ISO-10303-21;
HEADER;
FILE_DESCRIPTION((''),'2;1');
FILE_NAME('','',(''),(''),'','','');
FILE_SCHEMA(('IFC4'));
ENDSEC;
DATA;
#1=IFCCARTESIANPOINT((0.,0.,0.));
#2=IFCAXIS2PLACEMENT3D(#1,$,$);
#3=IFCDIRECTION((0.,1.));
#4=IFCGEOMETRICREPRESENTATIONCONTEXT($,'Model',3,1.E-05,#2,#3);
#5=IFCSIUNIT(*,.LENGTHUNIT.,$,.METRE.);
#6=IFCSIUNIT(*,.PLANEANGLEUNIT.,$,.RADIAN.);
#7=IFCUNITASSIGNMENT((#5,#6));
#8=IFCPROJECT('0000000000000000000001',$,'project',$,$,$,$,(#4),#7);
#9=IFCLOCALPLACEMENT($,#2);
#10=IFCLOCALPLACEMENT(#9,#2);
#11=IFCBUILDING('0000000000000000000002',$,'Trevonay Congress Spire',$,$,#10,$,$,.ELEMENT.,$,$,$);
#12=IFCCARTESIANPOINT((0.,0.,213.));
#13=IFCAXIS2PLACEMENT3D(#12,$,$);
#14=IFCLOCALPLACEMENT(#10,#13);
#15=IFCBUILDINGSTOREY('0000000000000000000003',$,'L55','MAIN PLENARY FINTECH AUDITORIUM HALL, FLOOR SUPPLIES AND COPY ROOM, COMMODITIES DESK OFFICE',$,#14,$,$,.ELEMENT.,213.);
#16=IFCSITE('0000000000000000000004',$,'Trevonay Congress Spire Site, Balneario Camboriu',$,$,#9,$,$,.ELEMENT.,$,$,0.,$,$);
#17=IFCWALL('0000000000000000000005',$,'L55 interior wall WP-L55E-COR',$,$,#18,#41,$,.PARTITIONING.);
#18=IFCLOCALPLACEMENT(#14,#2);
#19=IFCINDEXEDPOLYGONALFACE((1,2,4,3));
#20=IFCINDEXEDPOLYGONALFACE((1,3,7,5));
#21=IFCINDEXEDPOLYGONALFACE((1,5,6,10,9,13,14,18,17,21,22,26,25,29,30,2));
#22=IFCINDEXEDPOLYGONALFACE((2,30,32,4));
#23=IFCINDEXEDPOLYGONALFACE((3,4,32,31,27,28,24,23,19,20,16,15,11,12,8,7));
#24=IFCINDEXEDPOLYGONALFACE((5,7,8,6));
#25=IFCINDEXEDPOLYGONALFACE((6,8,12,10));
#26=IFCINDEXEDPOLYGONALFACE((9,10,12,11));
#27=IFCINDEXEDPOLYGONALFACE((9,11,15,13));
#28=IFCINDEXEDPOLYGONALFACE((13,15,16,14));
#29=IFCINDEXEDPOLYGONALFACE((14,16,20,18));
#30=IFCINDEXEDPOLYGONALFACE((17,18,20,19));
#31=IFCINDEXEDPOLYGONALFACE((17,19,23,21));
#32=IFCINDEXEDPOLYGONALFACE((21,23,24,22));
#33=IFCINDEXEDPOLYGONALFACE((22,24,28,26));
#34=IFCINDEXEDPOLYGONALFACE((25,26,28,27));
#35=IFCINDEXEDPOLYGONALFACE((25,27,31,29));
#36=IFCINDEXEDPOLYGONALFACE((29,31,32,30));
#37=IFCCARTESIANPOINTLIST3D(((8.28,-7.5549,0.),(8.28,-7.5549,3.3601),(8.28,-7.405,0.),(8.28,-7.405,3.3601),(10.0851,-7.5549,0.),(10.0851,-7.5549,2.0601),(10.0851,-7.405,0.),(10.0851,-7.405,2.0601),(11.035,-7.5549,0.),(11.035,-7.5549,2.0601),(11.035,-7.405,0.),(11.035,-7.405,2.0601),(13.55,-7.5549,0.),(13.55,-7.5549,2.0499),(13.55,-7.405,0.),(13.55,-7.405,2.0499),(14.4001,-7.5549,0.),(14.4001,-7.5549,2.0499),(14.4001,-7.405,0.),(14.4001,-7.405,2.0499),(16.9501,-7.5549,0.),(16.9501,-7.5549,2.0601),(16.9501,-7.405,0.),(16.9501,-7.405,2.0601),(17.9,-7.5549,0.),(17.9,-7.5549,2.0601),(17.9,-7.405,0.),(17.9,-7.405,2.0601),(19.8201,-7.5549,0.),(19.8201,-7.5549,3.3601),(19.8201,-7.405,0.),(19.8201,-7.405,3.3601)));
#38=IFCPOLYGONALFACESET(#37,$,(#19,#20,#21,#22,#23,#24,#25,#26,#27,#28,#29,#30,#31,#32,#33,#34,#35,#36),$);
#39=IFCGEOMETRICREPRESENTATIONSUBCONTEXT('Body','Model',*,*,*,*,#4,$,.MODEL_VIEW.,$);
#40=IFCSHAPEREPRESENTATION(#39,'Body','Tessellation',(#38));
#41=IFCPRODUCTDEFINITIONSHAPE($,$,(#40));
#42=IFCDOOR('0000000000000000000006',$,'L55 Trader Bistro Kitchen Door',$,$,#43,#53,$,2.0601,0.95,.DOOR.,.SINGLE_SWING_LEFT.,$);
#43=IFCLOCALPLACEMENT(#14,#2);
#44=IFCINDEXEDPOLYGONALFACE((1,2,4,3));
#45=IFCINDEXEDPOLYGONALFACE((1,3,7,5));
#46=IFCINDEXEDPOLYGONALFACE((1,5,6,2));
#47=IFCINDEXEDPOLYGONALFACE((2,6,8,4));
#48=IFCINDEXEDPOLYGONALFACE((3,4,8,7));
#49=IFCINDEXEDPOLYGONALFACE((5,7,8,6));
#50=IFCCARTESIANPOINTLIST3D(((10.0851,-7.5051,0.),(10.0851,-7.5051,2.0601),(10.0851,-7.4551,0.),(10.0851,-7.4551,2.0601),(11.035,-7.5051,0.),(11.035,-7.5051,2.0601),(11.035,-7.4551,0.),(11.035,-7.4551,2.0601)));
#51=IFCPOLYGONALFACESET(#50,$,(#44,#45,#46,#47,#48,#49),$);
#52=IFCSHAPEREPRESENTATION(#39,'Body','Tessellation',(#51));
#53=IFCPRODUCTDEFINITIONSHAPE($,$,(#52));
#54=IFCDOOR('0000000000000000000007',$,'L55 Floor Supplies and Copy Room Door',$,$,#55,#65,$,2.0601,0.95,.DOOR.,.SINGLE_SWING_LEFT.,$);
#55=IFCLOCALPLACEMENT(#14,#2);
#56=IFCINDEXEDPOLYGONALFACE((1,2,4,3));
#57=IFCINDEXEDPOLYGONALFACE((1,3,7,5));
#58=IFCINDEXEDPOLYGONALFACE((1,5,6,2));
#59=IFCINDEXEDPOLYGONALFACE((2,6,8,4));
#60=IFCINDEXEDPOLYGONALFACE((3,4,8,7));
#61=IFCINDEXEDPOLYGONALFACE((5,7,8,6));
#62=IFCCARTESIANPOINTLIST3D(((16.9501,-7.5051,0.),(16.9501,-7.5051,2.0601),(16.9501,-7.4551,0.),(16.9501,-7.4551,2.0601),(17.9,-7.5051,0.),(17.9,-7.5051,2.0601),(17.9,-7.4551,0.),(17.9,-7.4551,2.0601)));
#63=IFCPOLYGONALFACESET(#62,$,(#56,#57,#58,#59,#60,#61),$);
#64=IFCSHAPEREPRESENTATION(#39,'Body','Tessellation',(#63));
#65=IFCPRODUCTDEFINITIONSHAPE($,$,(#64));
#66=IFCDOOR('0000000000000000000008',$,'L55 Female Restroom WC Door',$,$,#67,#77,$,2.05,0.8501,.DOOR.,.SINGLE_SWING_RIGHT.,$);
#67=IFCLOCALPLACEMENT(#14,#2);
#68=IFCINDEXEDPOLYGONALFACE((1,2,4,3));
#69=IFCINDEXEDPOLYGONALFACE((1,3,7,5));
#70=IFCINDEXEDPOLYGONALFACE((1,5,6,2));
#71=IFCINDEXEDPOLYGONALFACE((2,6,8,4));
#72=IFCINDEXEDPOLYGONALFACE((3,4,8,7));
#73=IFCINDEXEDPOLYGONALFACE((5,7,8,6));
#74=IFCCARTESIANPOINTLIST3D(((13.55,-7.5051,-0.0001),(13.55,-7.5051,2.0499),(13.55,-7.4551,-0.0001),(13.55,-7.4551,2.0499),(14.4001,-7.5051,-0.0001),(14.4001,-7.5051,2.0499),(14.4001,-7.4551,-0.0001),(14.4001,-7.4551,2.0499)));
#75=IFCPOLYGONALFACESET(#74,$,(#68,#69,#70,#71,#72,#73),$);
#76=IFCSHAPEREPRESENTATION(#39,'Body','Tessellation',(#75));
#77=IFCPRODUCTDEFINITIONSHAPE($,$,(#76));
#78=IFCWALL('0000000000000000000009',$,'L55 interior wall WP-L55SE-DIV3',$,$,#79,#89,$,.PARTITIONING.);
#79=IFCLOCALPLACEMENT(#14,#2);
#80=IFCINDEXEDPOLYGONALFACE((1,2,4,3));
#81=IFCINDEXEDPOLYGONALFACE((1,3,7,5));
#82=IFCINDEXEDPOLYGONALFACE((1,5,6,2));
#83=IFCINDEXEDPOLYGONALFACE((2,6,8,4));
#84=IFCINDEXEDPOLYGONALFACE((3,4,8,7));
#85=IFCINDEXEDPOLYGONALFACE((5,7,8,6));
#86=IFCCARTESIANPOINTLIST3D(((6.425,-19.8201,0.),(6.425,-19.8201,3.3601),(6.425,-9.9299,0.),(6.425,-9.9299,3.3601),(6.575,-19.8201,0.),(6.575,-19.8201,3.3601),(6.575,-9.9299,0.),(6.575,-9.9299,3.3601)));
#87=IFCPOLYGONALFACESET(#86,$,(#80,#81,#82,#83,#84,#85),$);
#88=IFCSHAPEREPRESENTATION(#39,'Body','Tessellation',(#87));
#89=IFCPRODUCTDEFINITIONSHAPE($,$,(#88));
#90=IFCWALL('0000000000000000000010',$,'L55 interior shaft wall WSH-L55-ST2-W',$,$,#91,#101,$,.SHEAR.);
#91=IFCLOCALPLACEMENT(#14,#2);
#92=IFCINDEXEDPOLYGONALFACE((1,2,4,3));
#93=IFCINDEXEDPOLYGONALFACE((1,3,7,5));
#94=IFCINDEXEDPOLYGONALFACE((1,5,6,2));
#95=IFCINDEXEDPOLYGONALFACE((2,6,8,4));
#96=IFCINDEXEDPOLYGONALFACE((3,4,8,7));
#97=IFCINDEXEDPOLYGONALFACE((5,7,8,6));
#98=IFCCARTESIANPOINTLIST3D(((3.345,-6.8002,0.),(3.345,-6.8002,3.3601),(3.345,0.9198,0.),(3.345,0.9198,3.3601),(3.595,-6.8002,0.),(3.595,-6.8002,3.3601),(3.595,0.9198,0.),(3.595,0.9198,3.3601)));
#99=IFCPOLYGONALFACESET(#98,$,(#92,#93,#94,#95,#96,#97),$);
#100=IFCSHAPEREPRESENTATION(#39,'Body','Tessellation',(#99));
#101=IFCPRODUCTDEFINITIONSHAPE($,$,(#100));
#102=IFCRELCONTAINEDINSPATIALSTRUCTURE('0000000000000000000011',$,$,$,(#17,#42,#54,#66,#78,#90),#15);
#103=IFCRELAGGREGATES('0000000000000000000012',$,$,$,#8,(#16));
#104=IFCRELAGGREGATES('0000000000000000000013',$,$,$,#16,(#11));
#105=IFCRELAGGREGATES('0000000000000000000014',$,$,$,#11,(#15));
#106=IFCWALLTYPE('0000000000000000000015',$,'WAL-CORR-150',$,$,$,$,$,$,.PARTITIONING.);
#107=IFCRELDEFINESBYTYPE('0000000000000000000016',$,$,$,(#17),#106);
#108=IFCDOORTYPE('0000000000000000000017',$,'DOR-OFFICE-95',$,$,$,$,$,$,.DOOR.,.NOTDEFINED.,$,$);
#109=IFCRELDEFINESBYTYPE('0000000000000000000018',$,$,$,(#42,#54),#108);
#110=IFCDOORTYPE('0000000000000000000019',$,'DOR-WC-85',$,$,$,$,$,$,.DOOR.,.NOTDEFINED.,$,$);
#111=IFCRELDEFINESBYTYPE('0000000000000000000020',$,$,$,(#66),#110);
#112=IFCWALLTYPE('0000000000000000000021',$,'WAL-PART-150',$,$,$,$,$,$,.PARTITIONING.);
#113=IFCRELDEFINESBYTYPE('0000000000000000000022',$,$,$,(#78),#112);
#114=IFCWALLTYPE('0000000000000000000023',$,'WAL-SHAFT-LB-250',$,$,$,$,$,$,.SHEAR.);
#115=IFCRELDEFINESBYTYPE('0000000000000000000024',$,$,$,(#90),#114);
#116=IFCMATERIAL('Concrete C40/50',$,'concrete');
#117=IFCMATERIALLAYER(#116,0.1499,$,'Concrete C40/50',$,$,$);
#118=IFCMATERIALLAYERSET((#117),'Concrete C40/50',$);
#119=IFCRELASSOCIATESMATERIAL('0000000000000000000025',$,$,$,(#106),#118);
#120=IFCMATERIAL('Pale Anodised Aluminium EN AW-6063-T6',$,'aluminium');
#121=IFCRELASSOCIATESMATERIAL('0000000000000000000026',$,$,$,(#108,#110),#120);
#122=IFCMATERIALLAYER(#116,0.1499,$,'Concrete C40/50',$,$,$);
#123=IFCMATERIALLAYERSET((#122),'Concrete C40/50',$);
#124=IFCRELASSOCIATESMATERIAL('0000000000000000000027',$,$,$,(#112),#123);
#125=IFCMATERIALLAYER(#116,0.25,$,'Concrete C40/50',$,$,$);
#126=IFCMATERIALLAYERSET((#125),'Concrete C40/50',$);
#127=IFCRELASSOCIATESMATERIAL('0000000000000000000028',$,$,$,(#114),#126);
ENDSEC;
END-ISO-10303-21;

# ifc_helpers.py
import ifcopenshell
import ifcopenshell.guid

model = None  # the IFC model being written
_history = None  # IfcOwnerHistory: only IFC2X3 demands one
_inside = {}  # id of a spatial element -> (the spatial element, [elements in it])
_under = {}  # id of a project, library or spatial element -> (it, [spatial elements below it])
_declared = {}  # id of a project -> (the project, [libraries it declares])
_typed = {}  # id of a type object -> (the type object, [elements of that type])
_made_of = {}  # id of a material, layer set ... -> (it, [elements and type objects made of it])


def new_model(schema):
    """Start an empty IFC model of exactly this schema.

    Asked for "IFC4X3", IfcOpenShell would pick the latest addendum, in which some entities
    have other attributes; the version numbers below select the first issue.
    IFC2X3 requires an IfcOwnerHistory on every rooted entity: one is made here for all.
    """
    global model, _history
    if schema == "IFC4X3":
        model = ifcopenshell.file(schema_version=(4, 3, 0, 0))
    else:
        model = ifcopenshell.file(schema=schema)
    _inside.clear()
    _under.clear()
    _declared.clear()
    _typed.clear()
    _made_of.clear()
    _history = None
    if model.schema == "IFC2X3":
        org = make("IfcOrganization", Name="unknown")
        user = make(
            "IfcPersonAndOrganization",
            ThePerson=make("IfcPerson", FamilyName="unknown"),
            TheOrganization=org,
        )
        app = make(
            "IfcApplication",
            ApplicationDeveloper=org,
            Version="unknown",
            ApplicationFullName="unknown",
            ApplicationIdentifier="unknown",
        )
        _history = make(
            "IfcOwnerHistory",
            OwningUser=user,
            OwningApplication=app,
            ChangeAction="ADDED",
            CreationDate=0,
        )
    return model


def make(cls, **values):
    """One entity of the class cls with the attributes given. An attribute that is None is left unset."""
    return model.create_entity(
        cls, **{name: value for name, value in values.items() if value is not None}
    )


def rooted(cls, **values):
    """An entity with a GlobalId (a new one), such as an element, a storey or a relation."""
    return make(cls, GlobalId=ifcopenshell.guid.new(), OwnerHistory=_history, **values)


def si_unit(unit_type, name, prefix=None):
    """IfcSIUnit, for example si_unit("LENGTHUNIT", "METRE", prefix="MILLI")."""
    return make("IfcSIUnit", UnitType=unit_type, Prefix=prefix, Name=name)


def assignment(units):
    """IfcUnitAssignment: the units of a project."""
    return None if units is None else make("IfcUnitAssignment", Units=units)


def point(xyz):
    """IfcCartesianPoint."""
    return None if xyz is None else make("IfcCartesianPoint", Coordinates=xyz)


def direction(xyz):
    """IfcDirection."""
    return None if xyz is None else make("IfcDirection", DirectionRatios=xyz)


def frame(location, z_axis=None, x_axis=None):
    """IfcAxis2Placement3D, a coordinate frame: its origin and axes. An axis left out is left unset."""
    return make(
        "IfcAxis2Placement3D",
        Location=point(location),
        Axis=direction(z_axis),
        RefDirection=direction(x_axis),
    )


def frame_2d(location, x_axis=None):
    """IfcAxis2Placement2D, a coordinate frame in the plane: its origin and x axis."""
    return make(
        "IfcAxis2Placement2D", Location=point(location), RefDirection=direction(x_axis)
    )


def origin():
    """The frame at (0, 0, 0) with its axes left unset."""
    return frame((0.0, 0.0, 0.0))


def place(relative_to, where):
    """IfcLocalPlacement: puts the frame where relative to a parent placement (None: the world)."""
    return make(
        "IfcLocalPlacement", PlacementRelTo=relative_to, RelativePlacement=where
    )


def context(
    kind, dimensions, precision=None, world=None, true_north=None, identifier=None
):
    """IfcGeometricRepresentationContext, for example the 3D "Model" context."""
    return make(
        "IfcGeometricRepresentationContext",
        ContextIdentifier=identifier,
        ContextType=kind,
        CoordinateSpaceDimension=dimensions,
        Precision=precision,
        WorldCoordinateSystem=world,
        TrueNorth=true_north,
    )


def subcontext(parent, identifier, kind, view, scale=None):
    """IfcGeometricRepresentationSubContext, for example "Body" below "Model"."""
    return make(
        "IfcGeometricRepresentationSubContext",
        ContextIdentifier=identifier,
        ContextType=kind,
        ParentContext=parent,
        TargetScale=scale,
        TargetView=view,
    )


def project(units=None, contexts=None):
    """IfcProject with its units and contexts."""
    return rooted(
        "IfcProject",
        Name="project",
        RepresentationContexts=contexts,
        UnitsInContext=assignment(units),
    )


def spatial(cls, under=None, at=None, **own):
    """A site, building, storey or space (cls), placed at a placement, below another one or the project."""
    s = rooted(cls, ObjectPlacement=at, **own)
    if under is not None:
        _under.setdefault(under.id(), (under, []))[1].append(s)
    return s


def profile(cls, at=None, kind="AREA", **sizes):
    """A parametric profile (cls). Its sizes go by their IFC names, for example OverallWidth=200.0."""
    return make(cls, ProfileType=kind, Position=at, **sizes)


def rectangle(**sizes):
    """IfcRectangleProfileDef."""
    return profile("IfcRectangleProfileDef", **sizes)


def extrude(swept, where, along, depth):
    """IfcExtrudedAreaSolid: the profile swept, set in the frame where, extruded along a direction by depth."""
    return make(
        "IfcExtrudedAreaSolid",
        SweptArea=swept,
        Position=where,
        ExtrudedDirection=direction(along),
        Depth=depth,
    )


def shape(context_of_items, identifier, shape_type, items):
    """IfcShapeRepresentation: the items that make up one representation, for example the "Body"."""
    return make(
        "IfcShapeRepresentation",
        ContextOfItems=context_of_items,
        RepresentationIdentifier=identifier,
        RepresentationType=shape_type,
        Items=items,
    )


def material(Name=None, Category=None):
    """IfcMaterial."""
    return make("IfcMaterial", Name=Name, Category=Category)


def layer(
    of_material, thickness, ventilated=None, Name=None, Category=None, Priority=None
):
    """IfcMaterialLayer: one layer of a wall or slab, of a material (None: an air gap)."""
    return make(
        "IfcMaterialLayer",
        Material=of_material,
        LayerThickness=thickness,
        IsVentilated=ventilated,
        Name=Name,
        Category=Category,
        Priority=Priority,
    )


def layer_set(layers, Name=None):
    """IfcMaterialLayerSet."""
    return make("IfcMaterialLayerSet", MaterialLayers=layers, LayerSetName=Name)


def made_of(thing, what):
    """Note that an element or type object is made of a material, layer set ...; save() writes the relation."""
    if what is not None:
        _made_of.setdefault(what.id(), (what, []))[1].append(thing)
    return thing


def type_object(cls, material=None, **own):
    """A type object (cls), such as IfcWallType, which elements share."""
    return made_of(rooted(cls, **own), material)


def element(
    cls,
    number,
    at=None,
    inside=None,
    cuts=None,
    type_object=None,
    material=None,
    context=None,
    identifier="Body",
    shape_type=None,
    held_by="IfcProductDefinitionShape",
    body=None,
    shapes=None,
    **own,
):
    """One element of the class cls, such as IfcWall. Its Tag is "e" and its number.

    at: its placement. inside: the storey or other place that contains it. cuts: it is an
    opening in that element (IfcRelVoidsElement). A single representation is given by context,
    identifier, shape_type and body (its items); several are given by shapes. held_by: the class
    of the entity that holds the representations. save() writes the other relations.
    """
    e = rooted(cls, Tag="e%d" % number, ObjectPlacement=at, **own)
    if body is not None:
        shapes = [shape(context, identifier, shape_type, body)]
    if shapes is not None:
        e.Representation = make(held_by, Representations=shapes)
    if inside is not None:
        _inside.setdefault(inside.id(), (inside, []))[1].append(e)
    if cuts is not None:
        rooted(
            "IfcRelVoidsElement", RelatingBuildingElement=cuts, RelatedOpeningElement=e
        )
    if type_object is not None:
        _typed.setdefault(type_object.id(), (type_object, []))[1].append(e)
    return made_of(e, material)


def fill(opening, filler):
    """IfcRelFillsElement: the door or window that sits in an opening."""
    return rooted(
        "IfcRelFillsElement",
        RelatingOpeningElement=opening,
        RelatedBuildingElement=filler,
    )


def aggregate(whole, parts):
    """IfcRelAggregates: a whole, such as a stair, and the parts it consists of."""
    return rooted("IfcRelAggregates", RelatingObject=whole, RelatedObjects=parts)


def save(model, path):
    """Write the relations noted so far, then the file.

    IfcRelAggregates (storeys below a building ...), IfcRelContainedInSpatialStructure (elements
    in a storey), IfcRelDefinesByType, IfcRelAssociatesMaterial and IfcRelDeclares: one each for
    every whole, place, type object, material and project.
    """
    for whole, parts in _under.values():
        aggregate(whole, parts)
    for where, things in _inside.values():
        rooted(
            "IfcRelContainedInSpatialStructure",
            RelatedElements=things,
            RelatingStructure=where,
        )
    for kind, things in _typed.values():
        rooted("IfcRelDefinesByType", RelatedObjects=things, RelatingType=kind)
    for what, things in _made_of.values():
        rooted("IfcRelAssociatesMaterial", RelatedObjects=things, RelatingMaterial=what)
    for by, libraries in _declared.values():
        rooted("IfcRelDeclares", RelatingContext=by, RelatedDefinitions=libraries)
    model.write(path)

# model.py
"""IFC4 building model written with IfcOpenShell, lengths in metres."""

from ifc_helpers import new_model, si_unit, direction, frame, frame_2d, origin, place, context, subcontext, project, spatial, rectangle, extrude, material, layer, layer_set, type_object, element, fill, save


model = new_model("IFC4")

# Units and contexts
model_context = context("Model", 3, precision=1e-05, world=origin(), true_north=direction((0.0, 1.0)))
body_context = subcontext(model_context, "Body", "Model", "MODEL_VIEW")
ifc_project = project(units=[si_unit("LENGTHUNIT", "METRE"), si_unit("PLANEANGLEUNIT", "RADIAN")], contexts=[model_context])

# Site, building, storey
site_placement = place(None, origin())
site = spatial("IfcSite", under=ifc_project, at=site_placement, Name="Trevonay Congress Spire Site, Balneario Camboriu", CompositionType="ELEMENT", RefElevation=0.0)
building_placement = place(site_placement, origin())
building = spatial("IfcBuilding", under=site, at=building_placement, Name="Trevonay Congress Spire", CompositionType="ELEMENT")
storey_placement = place(building_placement, frame((0.0, 0.0, 213.0)))
storey = spatial("IfcBuildingStorey", under=building, at=storey_placement, Name="L55", Description="MAIN PLENARY FINTECH AUDITORIUM HALL, FLOOR SUPPLIES AND COPY ROOM, COMMODITIES DESK OFFICE", CompositionType="ELEMENT", Elevation=213.0)

# Shared definitions
ifc_material_1 = material(Name="Pale Anodised Aluminium EN AW-6063-T6", Category="aluminium")

# Shared definitions
ifc_material_2 = material(Name="Concrete C40/50", Category="concrete")
ifc_layer_1 = layer(ifc_material_2, 0.1499, Name="Concrete C40/50")
ifc_layer_set_1 = layer_set([ifc_layer_1], Name="Concrete C40/50")
wall_type_1 = type_object("IfcWallType", Name="WAL-CORR-150", PredefinedType="PARTITIONING", material=ifc_layer_set_1)

# Wall, openings, doors
wall_1_placement = place(storey_placement, frame((8.28, -7.48, 0.0), z_axis=(0.0, 0.0, 1.0), x_axis=(1.0, 0.0, 0.0)))
wall_1 = element("IfcWall", 1, at=wall_1_placement, inside=storey, type_object=wall_type_1, Name="L55 interior wall WP-L55E-COR", PredefinedType="PARTITIONING", context=body_context, shape_type="SweptSolid", body=[
    extrude(rectangle(XDim=11.54, YDim=0.1499, at=frame_2d((5.77, 0.0))), origin(), (0.0, 0.0, 1.0), 3.3601),
])
opening_1_placement = place(wall_1_placement, frame((1.8049, 0.0, 0.0)))
opening_1 = element("IfcOpeningElement", 2, at=opening_1_placement, cuts=wall_1, PredefinedType="OPENING", context=body_context, shape_type="SweptSolid", body=[
    extrude(rectangle(XDim=0.95, YDim=2.0601, at=frame_2d((0.4751, 1.03))), frame((0.0, 0.085, 0.0), z_axis=(0.0, -1.0, 0.0), x_axis=(1.0, 0.0, 0.0)), (0.0, 0.0, 1.0), 0.1699),
])
opening_2_placement = place(wall_1_placement, frame((5.27, 0.0, 0.0)))
opening_2 = element("IfcOpeningElement", 3, at=opening_2_placement, cuts=wall_1, PredefinedType="OPENING", context=body_context, shape_type="SweptSolid", body=[
    extrude(rectangle(XDim=0.8501, YDim=2.05, at=frame_2d((0.425, 1.0249))), frame((0.0, 0.085, 0.0), z_axis=(0.0, -1.0, 0.0), x_axis=(1.0, 0.0, 0.0)), (0.0, 0.0, 1.0), 0.1699),
])
opening_3_placement = place(wall_1_placement, frame((8.6699, 0.0, 0.0)))
opening_3 = element("IfcOpeningElement", 4, at=opening_3_placement, cuts=wall_1, PredefinedType="OPENING", context=body_context, shape_type="SweptSolid", body=[
    extrude(rectangle(XDim=0.95, YDim=2.0601, at=frame_2d((0.4751, 1.03))), frame((0.0, 0.085, 0.0), z_axis=(0.0, -1.0, 0.0), x_axis=(1.0, 0.0, 0.0)), (0.0, 0.0, 1.0), 0.1699),
])
door_type_1 = type_object("IfcDoorType", Name="DOR-OFFICE-95", OperationType="NOTDEFINED", PredefinedType="DOOR", material=ifc_material_1)
door_1_placement = place(opening_1_placement, origin())
door_1 = element("IfcDoor", 5, at=door_1_placement, inside=storey, type_object=door_type_1, Name="L55 Trader Bistro Kitchen Door", OperationType="SINGLE_SWING_LEFT", OverallHeight=2.0601, OverallWidth=0.95, PredefinedType="DOOR", context=body_context, shape_type="SweptSolid", body=[
    extrude(rectangle(XDim=0.95, YDim=2.0601, at=frame_2d((0.4751, 1.03))), frame((0.0, 0.0249, 0.0), z_axis=(0.0, -1.0, 0.0), x_axis=(1.0, 0.0, 0.0)), (0.0, 0.0, 1.0), 0.05),
])
fill(opening_1, door_1)
door_2_placement = place(opening_3_placement, origin())
door_2 = element("IfcDoor", 6, at=door_2_placement, inside=storey, type_object=door_type_1, Name="L55 Floor Supplies and Copy Room Door", OperationType="SINGLE_SWING_LEFT", OverallHeight=2.0601, OverallWidth=0.95, PredefinedType="DOOR", context=body_context, shape_type="SweptSolid", body=[
    extrude(rectangle(XDim=0.95, YDim=2.0601, at=frame_2d((0.4751, 1.03))), frame((0.0, 0.0249, 0.0), z_axis=(0.0, -1.0, 0.0), x_axis=(1.0, 0.0, 0.0)), (0.0, 0.0, 1.0), 0.05),
])
fill(opening_3, door_2)
door_type_2 = type_object("IfcDoorType", Name="DOR-WC-85", OperationType="NOTDEFINED", PredefinedType="DOOR", material=ifc_material_1)
door_3_placement = place(opening_2_placement, origin())
door_3 = element("IfcDoor", 7, at=door_3_placement, inside=storey, type_object=door_type_2, Name="L55 Female Restroom WC Door", OperationType="SINGLE_SWING_RIGHT", OverallHeight=2.05, OverallWidth=0.8501, PredefinedType="DOOR", context=body_context, shape_type="SweptSolid", body=[
    extrude(rectangle(XDim=0.8501, YDim=2.05, at=frame_2d((0.425, 1.0249))), frame((0.0, 0.0249, 0.0), z_axis=(0.0, -1.0, 0.0), x_axis=(1.0, 0.0, 0.0)), (0.0, 0.0, 1.0), 0.05),
])
fill(opening_2, door_3)

# Walls
ifc_layer_2 = layer(ifc_material_2, 0.1499, Name="Concrete C40/50")
ifc_layer_set_2 = layer_set([ifc_layer_2], Name="Concrete C40/50")
wall_type_2 = type_object("IfcWallType", Name="WAL-PART-150", PredefinedType="PARTITIONING", material=ifc_layer_set_2)
wall_2_placement = place(storey_placement, frame((6.5, -19.8201, 0.0), z_axis=(0.0, 0.0, 1.0), x_axis=(0.0, 1.0, 0.0)))
element("IfcWall", 8, at=wall_2_placement, inside=storey, type_object=wall_type_2, Name="L55 interior wall WP-L55SE-DIV3", PredefinedType="PARTITIONING", context=body_context, shape_type="SweptSolid", body=[
    extrude(rectangle(XDim=9.8901, YDim=0.1499, at=frame_2d((4.9451, 0.0))), origin(), (0.0, 0.0, 1.0), 3.3601),
])
ifc_layer_3 = layer(ifc_material_2, 0.25, Name="Concrete C40/50")
ifc_layer_set_3 = layer_set([ifc_layer_3], Name="Concrete C40/50")
wall_type_3 = type_object("IfcWallType", Name="WAL-SHAFT-LB-250", PredefinedType="SHEAR", material=ifc_layer_set_3)
wall_3_placement = place(storey_placement, frame((3.47, -6.8, 0.0), z_axis=(0.0, 0.0, 1.0), x_axis=(0.0, 1.0, 0.0)))
element("IfcWall", 9, at=wall_3_placement, inside=storey, type_object=wall_type_3, Name="L55 interior shaft wall WSH-L55-ST2-W", PredefinedType="SHEAR", context=body_context, shape_type="SweptSolid", body=[
    extrude(rectangle(XDim=7.72, YDim=0.25, at=frame_2d((3.8599, 0.0))), origin(), (0.0, 0.0, 1.0), 3.3601),
])

save(model, "model.ifc")
